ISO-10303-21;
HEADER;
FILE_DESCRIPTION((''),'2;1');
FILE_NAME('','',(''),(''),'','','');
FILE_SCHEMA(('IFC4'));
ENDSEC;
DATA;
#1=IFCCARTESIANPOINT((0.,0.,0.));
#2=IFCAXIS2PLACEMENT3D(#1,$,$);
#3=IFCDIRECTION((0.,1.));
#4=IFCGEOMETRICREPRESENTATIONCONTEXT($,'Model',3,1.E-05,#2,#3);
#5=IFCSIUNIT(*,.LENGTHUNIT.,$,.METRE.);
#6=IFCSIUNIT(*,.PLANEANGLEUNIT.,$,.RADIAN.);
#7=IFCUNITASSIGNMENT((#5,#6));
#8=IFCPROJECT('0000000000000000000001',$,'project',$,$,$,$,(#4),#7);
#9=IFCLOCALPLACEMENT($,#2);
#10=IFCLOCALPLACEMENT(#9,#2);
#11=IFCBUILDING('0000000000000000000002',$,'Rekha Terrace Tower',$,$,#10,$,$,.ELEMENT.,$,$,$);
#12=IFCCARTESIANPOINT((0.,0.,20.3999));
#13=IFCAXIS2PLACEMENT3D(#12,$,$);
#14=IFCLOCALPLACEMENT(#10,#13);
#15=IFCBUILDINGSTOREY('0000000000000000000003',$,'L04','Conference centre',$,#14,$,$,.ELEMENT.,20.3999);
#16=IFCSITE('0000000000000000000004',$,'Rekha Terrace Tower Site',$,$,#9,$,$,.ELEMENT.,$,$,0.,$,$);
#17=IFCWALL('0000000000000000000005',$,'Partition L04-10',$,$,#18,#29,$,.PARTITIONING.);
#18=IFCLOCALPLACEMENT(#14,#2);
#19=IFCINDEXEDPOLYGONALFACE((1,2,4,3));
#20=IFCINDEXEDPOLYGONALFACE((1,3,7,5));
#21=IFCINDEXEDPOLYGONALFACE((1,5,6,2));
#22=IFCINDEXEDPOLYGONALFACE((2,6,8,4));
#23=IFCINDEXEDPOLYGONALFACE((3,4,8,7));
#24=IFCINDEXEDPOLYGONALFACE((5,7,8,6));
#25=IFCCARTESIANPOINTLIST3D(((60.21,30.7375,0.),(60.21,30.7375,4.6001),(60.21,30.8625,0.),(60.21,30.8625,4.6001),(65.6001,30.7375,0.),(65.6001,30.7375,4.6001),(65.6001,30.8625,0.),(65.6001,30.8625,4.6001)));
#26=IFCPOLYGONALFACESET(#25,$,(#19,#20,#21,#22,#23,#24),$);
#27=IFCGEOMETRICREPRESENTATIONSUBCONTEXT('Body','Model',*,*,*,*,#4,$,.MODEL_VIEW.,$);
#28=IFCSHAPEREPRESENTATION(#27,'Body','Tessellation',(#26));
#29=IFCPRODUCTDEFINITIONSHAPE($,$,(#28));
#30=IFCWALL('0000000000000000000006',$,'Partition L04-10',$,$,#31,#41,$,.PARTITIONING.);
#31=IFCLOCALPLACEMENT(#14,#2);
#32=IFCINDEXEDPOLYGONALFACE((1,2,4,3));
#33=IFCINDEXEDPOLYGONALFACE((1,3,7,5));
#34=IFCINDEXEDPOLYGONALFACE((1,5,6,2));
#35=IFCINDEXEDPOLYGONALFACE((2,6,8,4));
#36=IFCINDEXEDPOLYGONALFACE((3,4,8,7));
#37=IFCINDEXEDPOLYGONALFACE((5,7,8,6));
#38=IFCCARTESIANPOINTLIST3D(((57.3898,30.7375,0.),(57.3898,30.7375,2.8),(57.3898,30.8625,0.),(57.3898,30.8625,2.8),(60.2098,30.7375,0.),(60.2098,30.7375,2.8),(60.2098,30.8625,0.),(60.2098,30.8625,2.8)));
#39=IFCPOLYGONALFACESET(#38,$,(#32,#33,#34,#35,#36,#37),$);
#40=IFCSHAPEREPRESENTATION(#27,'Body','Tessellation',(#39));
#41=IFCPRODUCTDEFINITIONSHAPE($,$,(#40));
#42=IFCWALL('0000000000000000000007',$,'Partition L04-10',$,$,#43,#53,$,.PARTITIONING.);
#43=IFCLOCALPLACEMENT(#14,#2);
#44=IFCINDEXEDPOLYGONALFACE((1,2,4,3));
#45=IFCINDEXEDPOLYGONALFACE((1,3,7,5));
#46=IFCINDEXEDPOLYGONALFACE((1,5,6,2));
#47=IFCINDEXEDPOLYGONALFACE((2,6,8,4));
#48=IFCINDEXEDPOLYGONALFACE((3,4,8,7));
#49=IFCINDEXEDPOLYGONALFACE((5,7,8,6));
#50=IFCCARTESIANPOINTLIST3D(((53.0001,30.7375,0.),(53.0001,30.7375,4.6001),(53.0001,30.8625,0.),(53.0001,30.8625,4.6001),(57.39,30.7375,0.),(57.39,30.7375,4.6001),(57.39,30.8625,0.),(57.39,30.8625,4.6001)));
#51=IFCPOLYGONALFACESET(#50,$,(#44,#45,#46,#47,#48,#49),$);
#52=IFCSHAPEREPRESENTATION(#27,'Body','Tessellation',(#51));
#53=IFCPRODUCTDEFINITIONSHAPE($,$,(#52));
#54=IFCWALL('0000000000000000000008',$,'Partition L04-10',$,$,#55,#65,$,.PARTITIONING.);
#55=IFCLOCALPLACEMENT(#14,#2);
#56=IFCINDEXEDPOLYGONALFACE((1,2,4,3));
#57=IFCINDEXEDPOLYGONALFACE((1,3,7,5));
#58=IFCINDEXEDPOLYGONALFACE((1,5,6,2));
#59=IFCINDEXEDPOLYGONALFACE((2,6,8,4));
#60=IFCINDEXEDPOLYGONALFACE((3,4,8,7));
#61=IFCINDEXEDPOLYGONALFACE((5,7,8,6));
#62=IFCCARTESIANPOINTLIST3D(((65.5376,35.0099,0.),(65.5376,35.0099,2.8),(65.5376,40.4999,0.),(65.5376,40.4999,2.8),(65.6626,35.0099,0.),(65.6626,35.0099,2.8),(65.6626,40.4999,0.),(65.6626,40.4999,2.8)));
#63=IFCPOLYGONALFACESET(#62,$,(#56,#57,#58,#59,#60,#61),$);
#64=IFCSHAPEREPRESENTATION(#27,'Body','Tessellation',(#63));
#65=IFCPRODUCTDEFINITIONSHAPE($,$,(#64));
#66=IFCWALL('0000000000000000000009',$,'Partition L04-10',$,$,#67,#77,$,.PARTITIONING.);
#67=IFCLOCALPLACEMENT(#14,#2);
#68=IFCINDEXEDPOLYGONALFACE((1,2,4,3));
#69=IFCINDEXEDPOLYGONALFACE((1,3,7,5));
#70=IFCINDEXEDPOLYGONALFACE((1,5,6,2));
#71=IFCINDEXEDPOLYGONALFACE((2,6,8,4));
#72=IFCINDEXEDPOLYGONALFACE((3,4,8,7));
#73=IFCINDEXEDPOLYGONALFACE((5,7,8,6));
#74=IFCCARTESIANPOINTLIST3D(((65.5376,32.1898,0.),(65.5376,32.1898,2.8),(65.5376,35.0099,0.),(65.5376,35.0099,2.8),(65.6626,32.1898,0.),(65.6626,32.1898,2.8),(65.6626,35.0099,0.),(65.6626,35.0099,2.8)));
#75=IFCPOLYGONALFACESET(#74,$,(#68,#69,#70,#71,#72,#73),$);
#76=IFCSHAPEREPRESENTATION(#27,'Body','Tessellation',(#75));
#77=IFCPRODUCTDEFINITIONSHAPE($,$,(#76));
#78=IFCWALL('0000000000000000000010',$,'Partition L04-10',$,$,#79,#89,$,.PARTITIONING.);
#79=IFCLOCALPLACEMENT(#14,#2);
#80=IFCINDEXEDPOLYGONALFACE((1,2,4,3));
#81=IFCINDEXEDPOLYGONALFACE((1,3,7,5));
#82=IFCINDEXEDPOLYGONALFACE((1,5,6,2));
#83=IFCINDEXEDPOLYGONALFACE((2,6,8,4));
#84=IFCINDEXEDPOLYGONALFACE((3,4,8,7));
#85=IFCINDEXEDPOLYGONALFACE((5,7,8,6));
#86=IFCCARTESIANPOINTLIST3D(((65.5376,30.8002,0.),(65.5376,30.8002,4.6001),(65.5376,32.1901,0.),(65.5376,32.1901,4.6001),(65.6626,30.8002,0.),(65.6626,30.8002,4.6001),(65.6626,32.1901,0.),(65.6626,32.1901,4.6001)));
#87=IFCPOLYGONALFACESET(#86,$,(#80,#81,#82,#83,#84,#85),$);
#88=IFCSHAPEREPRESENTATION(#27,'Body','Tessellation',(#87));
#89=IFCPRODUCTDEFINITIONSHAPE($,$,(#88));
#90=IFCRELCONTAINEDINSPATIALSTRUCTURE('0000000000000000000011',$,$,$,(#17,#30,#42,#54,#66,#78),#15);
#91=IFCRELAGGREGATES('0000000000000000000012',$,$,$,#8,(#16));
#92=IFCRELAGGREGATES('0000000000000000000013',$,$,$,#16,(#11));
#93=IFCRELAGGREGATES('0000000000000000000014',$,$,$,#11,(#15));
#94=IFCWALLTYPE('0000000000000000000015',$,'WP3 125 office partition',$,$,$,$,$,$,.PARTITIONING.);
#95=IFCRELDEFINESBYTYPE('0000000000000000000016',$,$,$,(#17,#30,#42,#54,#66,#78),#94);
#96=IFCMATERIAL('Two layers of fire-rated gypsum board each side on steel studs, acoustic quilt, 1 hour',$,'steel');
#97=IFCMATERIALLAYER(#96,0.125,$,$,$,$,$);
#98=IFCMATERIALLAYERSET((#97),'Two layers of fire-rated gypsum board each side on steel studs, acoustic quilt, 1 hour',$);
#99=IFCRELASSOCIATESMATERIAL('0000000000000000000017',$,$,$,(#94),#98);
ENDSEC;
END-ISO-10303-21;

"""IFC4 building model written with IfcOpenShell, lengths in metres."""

from ifc_helpers import new_model, si_unit, direction, frame, frame_2d, origin, place, context, subcontext, project, spatial, rectangle, extrude, material, layer, layer_set, type_object, element, save


model = new_model("IFC4")

# Units and contexts
model_context = context("Model", 3, precision=1e-05, world=origin(), true_north=direction((0.0, 1.0)))
body_context = subcontext(model_context, "Body", "Model", "MODEL_VIEW")
ifc_project = project(units=[si_unit("LENGTHUNIT", "METRE"), si_unit("PLANEANGLEUNIT", "RADIAN")], contexts=[model_context])

# Site, building, storey
site_placement = place(None, origin())
site = spatial("IfcSite", under=ifc_project, at=site_placement, Name="Rekha Terrace Tower Site", CompositionType="ELEMENT", RefElevation=0.0)
building_placement = place(site_placement, origin())
building = spatial("IfcBuilding", under=site, at=building_placement, Name="Rekha Terrace Tower", CompositionType="ELEMENT")
storey_placement = place(building_placement, frame((0.0, 0.0, 20.3999)))
storey = spatial("IfcBuildingStorey", under=building, at=storey_placement, Name="L04", Description="Conference centre", CompositionType="ELEMENT", Elevation=20.3999)

# Shared definitions
ifc_material_1 = material(Name="Two layers of fire-rated gypsum board each side on steel studs, acoustic quilt, 1 hour", Category="steel")
ifc_layer_1 = layer(ifc_material_1, 0.125)
ifc_layer_set_1 = layer_set([ifc_layer_1], Name="Two layers of fire-rated gypsum board each side on steel studs, acoustic quilt, 1 hour")
wall_type_1 = type_object("IfcWallType", Name="WP3 125 office partition", PredefinedType="PARTITIONING", material=ifc_layer_set_1)

# Walls
wall_1_placement = place(storey_placement, frame((65.6001, 30.8, 0.0), z_axis=(0.0, 0.0, 1.0), x_axis=(-1.0, 0.0, 0.0)))
element("IfcWall", 1, at=wall_1_placement, inside=storey, type_object=wall_type_1, Name="Partition L04-10", PredefinedType="PARTITIONING", context=body_context, shape_type="SweptSolid", body=[
    extrude(rectangle(XDim=5.3901, YDim=0.125, at=frame_2d((2.6951, 0.0))), origin(), (0.0, 0.0, 1.0), 4.6001),
])
wall_2_placement = place(storey_placement, frame((60.21, 30.8, 0.0), z_axis=(0.0, 0.0, 1.0), x_axis=(-1.0, 0.0, 0.0)))
element("IfcWall", 2, at=wall_2_placement, inside=storey, type_object=wall_type_1, Name="Partition L04-10", PredefinedType="PARTITIONING", context=body_context, shape_type="SweptSolid", body=[
    extrude(rectangle(XDim=2.8201, YDim=0.125, at=frame_2d((1.4102, 0.0))), origin(), (0.0, 0.0, 1.0), 2.8),
])
wall_3_placement = place(storey_placement, frame((57.3899, 30.8, 0.0), z_axis=(0.0, 0.0, 1.0), x_axis=(-1.0, 0.0, 0.0)))
element("IfcWall", 3, at=wall_3_placement, inside=storey, type_object=wall_type_1, Name="Partition L04-10", PredefinedType="PARTITIONING", context=body_context, shape_type="SweptSolid", body=[
    extrude(rectangle(XDim=4.3899, YDim=0.125, at=frame_2d((2.1948, 0.0))), origin(), (0.0, 0.0, 1.0), 4.6001),
])
wall_4_placement = place(storey_placement, frame((65.6001, 40.5, 0.0), z_axis=(0.0, 0.0, 1.0), x_axis=(0.0, -1.0, 0.0)))
element("IfcWall", 4, at=wall_4_placement, inside=storey, type_object=wall_type_1, Name="Partition L04-10", PredefinedType="PARTITIONING", context=body_context, shape_type="SweptSolid", body=[
    extrude(rectangle(XDim=5.49, YDim=0.125, at=frame_2d((2.7451, 0.0))), origin(), (0.0, 0.0, 1.0), 2.8),
])
wall_5_placement = place(storey_placement, frame((65.6001, 35.01, 0.0), z_axis=(0.0, 0.0, 1.0), x_axis=(0.0, -1.0, 0.0)))
element("IfcWall", 5, at=wall_5_placement, inside=storey, type_object=wall_type_1, Name="Partition L04-10", PredefinedType="PARTITIONING", context=body_context, shape_type="SweptSolid", body=[
    extrude(rectangle(XDim=2.8201, YDim=0.125, at=frame_2d((1.4102, 0.0))), origin(), (0.0, 0.0, 1.0), 2.8),
])
wall_6_placement = place(storey_placement, frame((65.6001, 32.1899, 0.0), z_axis=(0.0, 0.0, 1.0), x_axis=(0.0, -1.0, 0.0)))
element("IfcWall", 6, at=wall_6_placement, inside=storey, type_object=wall_type_1, Name="Partition L04-10", PredefinedType="PARTITIONING", context=body_context, shape_type="SweptSolid", body=[
    extrude(rectangle(XDim=1.3899, YDim=0.125, at=frame_2d((0.6948, 0.0))), origin(), (0.0, 0.0, 1.0), 4.6001),
])

save(model, "model.ifc")
